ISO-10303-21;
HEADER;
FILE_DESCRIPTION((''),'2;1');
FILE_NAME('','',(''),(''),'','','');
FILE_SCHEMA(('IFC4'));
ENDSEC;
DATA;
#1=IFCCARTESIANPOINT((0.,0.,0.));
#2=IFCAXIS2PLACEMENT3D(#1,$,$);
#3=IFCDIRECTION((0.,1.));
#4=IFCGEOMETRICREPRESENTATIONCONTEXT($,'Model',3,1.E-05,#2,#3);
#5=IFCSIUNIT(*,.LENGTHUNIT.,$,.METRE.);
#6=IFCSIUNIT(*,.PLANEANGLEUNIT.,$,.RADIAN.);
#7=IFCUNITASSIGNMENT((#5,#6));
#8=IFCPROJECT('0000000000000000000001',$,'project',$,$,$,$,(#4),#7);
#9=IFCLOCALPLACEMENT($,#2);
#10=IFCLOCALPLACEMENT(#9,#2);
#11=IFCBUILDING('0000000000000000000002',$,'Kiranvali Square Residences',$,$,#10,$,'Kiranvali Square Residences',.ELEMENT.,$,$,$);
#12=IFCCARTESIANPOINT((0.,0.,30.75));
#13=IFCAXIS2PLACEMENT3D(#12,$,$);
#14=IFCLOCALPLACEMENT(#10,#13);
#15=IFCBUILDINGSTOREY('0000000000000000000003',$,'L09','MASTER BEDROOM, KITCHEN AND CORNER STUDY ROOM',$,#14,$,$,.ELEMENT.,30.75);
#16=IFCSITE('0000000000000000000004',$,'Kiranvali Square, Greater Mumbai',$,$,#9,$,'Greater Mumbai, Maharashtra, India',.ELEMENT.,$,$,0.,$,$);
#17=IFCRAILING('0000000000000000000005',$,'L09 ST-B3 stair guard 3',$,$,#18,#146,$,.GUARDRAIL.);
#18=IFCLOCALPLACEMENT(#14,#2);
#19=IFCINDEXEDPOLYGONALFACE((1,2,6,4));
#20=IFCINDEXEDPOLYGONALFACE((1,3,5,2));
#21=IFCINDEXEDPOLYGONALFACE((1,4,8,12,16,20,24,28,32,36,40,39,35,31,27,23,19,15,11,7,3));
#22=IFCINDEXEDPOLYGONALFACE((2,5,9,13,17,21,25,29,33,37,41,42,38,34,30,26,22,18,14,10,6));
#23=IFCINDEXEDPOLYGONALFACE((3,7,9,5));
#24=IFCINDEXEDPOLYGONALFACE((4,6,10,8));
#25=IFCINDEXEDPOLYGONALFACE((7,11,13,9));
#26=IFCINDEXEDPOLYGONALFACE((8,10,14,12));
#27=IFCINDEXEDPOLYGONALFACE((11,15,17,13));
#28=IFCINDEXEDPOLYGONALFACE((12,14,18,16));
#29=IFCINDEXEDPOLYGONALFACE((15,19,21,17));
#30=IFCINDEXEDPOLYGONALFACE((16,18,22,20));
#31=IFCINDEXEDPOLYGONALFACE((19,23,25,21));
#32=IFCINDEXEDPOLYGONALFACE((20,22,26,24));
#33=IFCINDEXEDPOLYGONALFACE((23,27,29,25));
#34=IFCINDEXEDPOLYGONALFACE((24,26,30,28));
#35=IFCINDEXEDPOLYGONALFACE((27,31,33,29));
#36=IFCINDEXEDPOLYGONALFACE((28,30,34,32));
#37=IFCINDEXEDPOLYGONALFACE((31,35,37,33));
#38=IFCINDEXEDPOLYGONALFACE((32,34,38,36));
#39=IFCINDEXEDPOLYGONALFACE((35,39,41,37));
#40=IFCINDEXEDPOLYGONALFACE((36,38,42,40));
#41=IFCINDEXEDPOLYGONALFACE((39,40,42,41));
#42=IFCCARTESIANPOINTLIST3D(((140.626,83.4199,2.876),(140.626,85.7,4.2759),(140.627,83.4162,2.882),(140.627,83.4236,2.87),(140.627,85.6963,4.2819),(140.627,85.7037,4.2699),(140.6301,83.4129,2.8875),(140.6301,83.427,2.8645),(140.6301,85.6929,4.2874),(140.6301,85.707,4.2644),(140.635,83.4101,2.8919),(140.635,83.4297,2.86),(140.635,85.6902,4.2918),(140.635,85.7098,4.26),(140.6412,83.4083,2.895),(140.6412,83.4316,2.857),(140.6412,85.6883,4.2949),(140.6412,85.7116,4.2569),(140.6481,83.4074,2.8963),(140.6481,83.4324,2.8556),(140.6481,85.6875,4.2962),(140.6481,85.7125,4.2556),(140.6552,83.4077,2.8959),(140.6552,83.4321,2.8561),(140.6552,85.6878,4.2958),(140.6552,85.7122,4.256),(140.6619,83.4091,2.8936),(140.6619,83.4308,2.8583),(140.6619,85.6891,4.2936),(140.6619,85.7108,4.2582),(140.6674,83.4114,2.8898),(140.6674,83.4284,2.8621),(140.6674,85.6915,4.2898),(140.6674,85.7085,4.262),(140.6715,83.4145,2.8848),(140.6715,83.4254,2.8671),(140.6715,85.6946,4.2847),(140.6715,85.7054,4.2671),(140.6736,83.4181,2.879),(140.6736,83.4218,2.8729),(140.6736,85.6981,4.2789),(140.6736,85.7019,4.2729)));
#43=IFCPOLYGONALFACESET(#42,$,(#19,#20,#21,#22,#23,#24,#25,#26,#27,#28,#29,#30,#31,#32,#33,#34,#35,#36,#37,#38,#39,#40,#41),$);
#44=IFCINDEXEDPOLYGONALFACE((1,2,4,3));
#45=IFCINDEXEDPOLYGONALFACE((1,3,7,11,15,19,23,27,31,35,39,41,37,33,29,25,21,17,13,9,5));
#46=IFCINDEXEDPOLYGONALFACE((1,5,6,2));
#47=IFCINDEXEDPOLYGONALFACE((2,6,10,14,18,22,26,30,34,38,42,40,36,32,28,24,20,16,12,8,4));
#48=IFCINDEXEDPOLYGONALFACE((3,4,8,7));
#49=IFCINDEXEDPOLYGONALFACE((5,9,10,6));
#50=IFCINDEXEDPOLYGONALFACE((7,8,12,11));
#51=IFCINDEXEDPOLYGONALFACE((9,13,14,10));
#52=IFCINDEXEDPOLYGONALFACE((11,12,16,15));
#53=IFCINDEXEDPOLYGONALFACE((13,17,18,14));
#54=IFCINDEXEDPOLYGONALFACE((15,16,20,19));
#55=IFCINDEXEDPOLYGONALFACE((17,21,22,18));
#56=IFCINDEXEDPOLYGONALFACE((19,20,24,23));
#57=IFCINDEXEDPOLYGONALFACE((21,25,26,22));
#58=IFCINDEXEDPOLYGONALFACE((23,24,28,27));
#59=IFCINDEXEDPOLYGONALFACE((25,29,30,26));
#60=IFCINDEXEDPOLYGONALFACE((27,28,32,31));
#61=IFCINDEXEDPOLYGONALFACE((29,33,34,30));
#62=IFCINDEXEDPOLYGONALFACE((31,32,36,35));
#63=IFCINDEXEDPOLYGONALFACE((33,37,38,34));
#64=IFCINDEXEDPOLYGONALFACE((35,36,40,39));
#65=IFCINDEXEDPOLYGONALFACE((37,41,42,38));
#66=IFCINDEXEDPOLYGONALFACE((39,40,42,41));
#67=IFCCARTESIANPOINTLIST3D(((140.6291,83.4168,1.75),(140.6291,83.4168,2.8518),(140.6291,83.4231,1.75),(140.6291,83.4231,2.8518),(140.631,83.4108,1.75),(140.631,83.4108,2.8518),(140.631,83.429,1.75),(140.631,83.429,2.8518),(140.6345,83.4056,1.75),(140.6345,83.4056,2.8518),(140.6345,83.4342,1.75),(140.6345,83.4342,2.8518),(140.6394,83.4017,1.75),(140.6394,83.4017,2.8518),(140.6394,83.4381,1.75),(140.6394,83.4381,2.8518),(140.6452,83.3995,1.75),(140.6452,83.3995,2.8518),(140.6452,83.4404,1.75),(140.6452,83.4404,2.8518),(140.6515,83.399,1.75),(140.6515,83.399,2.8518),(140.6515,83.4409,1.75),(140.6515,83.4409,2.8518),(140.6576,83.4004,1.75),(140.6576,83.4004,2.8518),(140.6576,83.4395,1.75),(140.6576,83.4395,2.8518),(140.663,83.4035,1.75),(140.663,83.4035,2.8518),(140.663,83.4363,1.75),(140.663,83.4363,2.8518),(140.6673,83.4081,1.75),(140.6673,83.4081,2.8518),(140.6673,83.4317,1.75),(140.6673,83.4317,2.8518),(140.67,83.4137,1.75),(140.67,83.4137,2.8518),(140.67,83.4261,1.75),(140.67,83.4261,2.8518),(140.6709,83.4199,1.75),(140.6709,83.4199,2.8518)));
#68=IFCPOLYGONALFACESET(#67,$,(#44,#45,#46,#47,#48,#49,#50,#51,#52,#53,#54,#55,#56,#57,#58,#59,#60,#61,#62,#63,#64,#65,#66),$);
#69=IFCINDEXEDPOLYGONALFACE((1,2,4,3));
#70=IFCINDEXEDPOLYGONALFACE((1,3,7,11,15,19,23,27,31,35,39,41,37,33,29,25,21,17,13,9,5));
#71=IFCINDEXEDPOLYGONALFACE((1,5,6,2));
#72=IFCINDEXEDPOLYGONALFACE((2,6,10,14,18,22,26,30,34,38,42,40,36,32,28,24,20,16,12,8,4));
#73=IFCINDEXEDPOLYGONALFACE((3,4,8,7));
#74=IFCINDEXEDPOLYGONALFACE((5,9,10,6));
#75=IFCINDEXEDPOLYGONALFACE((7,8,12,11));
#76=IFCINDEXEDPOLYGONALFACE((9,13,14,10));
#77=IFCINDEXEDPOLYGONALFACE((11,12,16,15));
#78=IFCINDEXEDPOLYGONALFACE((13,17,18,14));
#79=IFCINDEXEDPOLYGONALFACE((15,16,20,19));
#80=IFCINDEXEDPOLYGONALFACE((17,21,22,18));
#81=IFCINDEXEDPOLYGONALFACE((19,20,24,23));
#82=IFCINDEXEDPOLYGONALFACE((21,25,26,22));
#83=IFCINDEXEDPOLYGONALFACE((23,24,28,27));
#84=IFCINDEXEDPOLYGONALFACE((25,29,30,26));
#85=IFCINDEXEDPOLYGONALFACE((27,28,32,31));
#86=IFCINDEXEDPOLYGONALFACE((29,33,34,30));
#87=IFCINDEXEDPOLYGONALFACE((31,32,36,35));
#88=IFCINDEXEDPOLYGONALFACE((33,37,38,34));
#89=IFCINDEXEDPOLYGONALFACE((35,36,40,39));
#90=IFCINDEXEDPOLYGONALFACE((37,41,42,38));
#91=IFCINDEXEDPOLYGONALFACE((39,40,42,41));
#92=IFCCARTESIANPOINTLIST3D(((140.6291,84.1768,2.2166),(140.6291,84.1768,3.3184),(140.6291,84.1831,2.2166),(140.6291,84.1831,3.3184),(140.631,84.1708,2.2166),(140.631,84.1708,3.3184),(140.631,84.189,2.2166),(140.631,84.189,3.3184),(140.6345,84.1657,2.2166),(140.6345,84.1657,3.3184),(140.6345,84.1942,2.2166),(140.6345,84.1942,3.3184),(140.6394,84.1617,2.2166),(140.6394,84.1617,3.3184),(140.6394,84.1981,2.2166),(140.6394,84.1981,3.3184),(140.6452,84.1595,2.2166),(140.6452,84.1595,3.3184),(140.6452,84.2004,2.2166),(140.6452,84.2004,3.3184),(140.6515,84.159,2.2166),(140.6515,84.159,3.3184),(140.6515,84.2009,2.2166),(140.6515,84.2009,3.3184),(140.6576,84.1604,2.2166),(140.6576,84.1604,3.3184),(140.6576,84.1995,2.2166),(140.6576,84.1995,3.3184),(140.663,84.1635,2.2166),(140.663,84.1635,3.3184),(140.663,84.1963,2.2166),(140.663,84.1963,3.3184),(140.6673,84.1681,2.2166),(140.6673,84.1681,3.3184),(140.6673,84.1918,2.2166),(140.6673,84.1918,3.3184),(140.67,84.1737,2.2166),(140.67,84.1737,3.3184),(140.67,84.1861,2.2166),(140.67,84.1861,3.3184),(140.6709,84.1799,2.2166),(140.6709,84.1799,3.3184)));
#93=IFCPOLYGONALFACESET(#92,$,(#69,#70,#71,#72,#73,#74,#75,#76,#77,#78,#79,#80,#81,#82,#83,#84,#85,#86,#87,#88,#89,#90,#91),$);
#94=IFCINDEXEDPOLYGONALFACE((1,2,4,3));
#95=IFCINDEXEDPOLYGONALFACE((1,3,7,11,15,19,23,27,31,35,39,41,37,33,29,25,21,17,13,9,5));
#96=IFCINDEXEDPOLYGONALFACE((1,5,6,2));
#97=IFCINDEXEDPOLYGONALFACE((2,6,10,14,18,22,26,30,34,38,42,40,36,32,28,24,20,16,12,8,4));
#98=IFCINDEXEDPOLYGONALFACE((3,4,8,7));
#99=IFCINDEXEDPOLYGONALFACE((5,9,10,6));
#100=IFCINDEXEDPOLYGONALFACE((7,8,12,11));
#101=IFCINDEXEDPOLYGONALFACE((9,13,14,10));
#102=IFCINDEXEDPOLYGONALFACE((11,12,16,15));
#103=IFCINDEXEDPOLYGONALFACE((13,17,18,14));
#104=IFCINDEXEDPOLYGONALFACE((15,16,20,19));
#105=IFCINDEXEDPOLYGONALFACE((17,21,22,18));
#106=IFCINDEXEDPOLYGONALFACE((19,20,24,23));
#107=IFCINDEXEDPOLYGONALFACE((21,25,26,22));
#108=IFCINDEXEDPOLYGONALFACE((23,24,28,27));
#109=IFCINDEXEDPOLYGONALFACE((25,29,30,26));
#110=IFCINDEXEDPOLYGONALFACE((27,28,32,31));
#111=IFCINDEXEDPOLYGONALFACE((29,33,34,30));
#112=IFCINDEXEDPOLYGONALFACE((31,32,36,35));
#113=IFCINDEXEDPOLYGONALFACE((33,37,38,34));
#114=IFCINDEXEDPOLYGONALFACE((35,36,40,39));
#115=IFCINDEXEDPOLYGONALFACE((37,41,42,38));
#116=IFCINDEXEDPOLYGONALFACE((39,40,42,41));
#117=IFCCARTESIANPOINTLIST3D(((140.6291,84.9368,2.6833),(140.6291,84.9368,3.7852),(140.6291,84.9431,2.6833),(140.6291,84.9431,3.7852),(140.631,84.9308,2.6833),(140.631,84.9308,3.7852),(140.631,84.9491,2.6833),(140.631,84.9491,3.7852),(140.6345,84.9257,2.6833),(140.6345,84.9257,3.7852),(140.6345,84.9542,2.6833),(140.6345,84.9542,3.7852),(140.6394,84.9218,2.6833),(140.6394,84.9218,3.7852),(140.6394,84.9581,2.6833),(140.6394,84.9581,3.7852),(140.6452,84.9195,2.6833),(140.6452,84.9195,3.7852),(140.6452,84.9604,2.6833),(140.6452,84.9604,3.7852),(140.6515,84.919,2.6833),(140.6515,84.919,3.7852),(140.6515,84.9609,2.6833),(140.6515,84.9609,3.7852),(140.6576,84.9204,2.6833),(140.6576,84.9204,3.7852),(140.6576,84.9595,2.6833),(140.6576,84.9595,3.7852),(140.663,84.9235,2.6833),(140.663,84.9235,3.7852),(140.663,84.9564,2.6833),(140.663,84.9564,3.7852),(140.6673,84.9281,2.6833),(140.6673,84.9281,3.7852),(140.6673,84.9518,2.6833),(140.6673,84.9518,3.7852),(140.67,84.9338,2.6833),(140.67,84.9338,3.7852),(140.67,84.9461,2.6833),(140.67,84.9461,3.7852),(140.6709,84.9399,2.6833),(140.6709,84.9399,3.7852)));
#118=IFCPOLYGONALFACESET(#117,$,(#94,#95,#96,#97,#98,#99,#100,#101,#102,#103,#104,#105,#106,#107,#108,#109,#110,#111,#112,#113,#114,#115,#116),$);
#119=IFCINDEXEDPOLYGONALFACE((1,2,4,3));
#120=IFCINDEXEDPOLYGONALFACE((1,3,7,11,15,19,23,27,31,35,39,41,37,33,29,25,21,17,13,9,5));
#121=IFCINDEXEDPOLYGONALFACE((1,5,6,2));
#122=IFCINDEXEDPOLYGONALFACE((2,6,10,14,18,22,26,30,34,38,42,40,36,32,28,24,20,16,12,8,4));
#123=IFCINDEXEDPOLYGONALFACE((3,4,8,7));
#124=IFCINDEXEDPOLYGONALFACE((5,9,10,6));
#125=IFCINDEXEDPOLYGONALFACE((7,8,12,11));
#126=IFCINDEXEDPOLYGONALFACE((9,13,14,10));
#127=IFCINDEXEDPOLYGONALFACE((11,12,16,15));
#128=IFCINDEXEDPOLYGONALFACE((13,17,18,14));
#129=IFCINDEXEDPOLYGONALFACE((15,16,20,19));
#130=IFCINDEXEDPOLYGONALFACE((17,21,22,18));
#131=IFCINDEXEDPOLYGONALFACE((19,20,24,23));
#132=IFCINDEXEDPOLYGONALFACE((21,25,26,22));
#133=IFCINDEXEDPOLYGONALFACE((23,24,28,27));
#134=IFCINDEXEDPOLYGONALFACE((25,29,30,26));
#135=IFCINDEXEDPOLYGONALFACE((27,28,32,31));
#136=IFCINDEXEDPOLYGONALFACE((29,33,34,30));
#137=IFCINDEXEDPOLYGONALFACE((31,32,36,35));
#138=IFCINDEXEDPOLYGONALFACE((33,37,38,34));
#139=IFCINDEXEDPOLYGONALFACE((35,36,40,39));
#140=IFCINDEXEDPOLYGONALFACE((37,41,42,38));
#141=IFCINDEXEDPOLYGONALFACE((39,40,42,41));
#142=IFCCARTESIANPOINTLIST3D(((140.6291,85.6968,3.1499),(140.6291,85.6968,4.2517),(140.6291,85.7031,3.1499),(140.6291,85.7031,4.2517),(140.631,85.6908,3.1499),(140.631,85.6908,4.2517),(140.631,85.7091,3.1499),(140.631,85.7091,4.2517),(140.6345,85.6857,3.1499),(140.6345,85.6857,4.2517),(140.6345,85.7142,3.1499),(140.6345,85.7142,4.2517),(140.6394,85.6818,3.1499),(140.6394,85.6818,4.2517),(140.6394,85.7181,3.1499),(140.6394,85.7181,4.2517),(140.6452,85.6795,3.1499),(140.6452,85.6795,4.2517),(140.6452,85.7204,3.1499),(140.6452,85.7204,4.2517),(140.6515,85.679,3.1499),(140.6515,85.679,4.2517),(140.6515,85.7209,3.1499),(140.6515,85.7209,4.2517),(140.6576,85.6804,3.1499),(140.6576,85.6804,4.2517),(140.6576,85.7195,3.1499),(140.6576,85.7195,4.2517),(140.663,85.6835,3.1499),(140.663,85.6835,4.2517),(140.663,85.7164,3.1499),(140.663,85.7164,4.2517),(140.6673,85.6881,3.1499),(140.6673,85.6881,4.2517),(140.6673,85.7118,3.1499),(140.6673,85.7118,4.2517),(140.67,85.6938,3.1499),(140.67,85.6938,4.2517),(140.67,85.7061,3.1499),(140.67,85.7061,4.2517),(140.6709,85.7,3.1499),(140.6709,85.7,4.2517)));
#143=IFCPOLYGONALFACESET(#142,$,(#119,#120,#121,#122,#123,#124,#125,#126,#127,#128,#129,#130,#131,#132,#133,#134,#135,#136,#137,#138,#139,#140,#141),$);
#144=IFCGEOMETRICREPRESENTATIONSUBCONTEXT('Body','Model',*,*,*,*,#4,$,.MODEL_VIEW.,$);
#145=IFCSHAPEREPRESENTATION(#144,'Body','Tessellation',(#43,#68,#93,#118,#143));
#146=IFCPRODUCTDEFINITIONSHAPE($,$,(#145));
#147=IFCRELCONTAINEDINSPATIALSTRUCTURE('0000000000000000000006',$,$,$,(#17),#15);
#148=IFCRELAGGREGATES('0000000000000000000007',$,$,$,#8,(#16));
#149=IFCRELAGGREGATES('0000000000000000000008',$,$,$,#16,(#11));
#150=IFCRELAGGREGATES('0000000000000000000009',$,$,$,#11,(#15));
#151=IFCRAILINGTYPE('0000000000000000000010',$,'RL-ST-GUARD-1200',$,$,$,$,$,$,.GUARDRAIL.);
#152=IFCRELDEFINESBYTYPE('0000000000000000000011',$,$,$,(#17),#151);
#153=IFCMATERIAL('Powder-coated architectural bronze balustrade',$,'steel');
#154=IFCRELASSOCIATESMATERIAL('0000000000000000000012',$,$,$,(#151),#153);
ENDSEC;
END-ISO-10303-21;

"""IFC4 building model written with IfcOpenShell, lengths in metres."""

from ifc_helpers import new_model, si_unit, direction, frame, origin, origin_2d, place, context, subcontext, project, spatial, circle, extrude, material, type_object, element, save


model = new_model("IFC4")

# Units and contexts
model_context = context("Model", 3, precision=1e-05, world=origin(), true_north=direction((0.0, 1.0)))
body_context = subcontext(model_context, "Body", "Model", "MODEL_VIEW")
ifc_project = project(units=[si_unit("LENGTHUNIT", "METRE"), si_unit("PLANEANGLEUNIT", "RADIAN")], contexts=[model_context])

# Site, building, storey
site_placement = place(None, origin())
site = spatial("IfcSite", under=ifc_project, at=site_placement, Name="Kiranvali Square, Greater Mumbai", LongName="Greater Mumbai, Maharashtra, India", CompositionType="ELEMENT", RefElevation=0.0)
building_placement = place(site_placement, origin())
building = spatial("IfcBuilding", under=site, at=building_placement, Name="Kiranvali Square Residences", LongName="Kiranvali Square Residences", CompositionType="ELEMENT")
storey_placement = place(building_placement, frame((0.0, 0.0, 30.75)))
storey = spatial("IfcBuildingStorey", under=building, at=storey_placement, Name="L09", Description="MASTER BEDROOM, KITCHEN AND CORNER STUDY ROOM", CompositionType="ELEMENT", Elevation=30.75)

# Railing
ifc_material_1 = material(Name="Powder-coated architectural bronze balustrade", Category="steel")
railing_type_1 = type_object("IfcRailingType", Name="RL-ST-GUARD-1200", PredefinedType="GUARDRAIL", material=ifc_material_1)
railing_1_placement = place(storey_placement, frame((140.6499, 83.4199, 1.75)))
element("IfcRailing", 1, at=railing_1_placement, inside=storey, type_object=railing_type_1, Name="L09 ST-B3 stair guard 3", PredefinedType="GUARDRAIL", context=body_context, shape_type="SweptSolid", body=[
    extrude(circle(Radius=0.0239, at=origin_2d()), frame((0.0, 0.0, 1.126), z_axis=(0.0, 0.85219, 0.523232), x_axis=(-1.0, 0.0, 0.0)), (0.0, 0.0, 1.0), 2.6755),
    extrude(circle(Radius=0.021, at=origin_2d()), origin(), (0.0, 0.0, 1.0), 1.1018),
    extrude(circle(Radius=0.021, at=origin_2d()), frame((0.0, 0.76, 0.4666)), (0.0, 0.0, 1.0), 1.1018),
    extrude(circle(Radius=0.021, at=origin_2d()), frame((0.0, 1.52, 0.9333)), (0.0, 0.0, 1.0), 1.1018),
    extrude(circle(Radius=0.021, at=origin_2d()), frame((0.0, 2.28, 1.3999)), (0.0, 0.0, 1.0), 1.1018),
])

save(model, "model.ifc")
